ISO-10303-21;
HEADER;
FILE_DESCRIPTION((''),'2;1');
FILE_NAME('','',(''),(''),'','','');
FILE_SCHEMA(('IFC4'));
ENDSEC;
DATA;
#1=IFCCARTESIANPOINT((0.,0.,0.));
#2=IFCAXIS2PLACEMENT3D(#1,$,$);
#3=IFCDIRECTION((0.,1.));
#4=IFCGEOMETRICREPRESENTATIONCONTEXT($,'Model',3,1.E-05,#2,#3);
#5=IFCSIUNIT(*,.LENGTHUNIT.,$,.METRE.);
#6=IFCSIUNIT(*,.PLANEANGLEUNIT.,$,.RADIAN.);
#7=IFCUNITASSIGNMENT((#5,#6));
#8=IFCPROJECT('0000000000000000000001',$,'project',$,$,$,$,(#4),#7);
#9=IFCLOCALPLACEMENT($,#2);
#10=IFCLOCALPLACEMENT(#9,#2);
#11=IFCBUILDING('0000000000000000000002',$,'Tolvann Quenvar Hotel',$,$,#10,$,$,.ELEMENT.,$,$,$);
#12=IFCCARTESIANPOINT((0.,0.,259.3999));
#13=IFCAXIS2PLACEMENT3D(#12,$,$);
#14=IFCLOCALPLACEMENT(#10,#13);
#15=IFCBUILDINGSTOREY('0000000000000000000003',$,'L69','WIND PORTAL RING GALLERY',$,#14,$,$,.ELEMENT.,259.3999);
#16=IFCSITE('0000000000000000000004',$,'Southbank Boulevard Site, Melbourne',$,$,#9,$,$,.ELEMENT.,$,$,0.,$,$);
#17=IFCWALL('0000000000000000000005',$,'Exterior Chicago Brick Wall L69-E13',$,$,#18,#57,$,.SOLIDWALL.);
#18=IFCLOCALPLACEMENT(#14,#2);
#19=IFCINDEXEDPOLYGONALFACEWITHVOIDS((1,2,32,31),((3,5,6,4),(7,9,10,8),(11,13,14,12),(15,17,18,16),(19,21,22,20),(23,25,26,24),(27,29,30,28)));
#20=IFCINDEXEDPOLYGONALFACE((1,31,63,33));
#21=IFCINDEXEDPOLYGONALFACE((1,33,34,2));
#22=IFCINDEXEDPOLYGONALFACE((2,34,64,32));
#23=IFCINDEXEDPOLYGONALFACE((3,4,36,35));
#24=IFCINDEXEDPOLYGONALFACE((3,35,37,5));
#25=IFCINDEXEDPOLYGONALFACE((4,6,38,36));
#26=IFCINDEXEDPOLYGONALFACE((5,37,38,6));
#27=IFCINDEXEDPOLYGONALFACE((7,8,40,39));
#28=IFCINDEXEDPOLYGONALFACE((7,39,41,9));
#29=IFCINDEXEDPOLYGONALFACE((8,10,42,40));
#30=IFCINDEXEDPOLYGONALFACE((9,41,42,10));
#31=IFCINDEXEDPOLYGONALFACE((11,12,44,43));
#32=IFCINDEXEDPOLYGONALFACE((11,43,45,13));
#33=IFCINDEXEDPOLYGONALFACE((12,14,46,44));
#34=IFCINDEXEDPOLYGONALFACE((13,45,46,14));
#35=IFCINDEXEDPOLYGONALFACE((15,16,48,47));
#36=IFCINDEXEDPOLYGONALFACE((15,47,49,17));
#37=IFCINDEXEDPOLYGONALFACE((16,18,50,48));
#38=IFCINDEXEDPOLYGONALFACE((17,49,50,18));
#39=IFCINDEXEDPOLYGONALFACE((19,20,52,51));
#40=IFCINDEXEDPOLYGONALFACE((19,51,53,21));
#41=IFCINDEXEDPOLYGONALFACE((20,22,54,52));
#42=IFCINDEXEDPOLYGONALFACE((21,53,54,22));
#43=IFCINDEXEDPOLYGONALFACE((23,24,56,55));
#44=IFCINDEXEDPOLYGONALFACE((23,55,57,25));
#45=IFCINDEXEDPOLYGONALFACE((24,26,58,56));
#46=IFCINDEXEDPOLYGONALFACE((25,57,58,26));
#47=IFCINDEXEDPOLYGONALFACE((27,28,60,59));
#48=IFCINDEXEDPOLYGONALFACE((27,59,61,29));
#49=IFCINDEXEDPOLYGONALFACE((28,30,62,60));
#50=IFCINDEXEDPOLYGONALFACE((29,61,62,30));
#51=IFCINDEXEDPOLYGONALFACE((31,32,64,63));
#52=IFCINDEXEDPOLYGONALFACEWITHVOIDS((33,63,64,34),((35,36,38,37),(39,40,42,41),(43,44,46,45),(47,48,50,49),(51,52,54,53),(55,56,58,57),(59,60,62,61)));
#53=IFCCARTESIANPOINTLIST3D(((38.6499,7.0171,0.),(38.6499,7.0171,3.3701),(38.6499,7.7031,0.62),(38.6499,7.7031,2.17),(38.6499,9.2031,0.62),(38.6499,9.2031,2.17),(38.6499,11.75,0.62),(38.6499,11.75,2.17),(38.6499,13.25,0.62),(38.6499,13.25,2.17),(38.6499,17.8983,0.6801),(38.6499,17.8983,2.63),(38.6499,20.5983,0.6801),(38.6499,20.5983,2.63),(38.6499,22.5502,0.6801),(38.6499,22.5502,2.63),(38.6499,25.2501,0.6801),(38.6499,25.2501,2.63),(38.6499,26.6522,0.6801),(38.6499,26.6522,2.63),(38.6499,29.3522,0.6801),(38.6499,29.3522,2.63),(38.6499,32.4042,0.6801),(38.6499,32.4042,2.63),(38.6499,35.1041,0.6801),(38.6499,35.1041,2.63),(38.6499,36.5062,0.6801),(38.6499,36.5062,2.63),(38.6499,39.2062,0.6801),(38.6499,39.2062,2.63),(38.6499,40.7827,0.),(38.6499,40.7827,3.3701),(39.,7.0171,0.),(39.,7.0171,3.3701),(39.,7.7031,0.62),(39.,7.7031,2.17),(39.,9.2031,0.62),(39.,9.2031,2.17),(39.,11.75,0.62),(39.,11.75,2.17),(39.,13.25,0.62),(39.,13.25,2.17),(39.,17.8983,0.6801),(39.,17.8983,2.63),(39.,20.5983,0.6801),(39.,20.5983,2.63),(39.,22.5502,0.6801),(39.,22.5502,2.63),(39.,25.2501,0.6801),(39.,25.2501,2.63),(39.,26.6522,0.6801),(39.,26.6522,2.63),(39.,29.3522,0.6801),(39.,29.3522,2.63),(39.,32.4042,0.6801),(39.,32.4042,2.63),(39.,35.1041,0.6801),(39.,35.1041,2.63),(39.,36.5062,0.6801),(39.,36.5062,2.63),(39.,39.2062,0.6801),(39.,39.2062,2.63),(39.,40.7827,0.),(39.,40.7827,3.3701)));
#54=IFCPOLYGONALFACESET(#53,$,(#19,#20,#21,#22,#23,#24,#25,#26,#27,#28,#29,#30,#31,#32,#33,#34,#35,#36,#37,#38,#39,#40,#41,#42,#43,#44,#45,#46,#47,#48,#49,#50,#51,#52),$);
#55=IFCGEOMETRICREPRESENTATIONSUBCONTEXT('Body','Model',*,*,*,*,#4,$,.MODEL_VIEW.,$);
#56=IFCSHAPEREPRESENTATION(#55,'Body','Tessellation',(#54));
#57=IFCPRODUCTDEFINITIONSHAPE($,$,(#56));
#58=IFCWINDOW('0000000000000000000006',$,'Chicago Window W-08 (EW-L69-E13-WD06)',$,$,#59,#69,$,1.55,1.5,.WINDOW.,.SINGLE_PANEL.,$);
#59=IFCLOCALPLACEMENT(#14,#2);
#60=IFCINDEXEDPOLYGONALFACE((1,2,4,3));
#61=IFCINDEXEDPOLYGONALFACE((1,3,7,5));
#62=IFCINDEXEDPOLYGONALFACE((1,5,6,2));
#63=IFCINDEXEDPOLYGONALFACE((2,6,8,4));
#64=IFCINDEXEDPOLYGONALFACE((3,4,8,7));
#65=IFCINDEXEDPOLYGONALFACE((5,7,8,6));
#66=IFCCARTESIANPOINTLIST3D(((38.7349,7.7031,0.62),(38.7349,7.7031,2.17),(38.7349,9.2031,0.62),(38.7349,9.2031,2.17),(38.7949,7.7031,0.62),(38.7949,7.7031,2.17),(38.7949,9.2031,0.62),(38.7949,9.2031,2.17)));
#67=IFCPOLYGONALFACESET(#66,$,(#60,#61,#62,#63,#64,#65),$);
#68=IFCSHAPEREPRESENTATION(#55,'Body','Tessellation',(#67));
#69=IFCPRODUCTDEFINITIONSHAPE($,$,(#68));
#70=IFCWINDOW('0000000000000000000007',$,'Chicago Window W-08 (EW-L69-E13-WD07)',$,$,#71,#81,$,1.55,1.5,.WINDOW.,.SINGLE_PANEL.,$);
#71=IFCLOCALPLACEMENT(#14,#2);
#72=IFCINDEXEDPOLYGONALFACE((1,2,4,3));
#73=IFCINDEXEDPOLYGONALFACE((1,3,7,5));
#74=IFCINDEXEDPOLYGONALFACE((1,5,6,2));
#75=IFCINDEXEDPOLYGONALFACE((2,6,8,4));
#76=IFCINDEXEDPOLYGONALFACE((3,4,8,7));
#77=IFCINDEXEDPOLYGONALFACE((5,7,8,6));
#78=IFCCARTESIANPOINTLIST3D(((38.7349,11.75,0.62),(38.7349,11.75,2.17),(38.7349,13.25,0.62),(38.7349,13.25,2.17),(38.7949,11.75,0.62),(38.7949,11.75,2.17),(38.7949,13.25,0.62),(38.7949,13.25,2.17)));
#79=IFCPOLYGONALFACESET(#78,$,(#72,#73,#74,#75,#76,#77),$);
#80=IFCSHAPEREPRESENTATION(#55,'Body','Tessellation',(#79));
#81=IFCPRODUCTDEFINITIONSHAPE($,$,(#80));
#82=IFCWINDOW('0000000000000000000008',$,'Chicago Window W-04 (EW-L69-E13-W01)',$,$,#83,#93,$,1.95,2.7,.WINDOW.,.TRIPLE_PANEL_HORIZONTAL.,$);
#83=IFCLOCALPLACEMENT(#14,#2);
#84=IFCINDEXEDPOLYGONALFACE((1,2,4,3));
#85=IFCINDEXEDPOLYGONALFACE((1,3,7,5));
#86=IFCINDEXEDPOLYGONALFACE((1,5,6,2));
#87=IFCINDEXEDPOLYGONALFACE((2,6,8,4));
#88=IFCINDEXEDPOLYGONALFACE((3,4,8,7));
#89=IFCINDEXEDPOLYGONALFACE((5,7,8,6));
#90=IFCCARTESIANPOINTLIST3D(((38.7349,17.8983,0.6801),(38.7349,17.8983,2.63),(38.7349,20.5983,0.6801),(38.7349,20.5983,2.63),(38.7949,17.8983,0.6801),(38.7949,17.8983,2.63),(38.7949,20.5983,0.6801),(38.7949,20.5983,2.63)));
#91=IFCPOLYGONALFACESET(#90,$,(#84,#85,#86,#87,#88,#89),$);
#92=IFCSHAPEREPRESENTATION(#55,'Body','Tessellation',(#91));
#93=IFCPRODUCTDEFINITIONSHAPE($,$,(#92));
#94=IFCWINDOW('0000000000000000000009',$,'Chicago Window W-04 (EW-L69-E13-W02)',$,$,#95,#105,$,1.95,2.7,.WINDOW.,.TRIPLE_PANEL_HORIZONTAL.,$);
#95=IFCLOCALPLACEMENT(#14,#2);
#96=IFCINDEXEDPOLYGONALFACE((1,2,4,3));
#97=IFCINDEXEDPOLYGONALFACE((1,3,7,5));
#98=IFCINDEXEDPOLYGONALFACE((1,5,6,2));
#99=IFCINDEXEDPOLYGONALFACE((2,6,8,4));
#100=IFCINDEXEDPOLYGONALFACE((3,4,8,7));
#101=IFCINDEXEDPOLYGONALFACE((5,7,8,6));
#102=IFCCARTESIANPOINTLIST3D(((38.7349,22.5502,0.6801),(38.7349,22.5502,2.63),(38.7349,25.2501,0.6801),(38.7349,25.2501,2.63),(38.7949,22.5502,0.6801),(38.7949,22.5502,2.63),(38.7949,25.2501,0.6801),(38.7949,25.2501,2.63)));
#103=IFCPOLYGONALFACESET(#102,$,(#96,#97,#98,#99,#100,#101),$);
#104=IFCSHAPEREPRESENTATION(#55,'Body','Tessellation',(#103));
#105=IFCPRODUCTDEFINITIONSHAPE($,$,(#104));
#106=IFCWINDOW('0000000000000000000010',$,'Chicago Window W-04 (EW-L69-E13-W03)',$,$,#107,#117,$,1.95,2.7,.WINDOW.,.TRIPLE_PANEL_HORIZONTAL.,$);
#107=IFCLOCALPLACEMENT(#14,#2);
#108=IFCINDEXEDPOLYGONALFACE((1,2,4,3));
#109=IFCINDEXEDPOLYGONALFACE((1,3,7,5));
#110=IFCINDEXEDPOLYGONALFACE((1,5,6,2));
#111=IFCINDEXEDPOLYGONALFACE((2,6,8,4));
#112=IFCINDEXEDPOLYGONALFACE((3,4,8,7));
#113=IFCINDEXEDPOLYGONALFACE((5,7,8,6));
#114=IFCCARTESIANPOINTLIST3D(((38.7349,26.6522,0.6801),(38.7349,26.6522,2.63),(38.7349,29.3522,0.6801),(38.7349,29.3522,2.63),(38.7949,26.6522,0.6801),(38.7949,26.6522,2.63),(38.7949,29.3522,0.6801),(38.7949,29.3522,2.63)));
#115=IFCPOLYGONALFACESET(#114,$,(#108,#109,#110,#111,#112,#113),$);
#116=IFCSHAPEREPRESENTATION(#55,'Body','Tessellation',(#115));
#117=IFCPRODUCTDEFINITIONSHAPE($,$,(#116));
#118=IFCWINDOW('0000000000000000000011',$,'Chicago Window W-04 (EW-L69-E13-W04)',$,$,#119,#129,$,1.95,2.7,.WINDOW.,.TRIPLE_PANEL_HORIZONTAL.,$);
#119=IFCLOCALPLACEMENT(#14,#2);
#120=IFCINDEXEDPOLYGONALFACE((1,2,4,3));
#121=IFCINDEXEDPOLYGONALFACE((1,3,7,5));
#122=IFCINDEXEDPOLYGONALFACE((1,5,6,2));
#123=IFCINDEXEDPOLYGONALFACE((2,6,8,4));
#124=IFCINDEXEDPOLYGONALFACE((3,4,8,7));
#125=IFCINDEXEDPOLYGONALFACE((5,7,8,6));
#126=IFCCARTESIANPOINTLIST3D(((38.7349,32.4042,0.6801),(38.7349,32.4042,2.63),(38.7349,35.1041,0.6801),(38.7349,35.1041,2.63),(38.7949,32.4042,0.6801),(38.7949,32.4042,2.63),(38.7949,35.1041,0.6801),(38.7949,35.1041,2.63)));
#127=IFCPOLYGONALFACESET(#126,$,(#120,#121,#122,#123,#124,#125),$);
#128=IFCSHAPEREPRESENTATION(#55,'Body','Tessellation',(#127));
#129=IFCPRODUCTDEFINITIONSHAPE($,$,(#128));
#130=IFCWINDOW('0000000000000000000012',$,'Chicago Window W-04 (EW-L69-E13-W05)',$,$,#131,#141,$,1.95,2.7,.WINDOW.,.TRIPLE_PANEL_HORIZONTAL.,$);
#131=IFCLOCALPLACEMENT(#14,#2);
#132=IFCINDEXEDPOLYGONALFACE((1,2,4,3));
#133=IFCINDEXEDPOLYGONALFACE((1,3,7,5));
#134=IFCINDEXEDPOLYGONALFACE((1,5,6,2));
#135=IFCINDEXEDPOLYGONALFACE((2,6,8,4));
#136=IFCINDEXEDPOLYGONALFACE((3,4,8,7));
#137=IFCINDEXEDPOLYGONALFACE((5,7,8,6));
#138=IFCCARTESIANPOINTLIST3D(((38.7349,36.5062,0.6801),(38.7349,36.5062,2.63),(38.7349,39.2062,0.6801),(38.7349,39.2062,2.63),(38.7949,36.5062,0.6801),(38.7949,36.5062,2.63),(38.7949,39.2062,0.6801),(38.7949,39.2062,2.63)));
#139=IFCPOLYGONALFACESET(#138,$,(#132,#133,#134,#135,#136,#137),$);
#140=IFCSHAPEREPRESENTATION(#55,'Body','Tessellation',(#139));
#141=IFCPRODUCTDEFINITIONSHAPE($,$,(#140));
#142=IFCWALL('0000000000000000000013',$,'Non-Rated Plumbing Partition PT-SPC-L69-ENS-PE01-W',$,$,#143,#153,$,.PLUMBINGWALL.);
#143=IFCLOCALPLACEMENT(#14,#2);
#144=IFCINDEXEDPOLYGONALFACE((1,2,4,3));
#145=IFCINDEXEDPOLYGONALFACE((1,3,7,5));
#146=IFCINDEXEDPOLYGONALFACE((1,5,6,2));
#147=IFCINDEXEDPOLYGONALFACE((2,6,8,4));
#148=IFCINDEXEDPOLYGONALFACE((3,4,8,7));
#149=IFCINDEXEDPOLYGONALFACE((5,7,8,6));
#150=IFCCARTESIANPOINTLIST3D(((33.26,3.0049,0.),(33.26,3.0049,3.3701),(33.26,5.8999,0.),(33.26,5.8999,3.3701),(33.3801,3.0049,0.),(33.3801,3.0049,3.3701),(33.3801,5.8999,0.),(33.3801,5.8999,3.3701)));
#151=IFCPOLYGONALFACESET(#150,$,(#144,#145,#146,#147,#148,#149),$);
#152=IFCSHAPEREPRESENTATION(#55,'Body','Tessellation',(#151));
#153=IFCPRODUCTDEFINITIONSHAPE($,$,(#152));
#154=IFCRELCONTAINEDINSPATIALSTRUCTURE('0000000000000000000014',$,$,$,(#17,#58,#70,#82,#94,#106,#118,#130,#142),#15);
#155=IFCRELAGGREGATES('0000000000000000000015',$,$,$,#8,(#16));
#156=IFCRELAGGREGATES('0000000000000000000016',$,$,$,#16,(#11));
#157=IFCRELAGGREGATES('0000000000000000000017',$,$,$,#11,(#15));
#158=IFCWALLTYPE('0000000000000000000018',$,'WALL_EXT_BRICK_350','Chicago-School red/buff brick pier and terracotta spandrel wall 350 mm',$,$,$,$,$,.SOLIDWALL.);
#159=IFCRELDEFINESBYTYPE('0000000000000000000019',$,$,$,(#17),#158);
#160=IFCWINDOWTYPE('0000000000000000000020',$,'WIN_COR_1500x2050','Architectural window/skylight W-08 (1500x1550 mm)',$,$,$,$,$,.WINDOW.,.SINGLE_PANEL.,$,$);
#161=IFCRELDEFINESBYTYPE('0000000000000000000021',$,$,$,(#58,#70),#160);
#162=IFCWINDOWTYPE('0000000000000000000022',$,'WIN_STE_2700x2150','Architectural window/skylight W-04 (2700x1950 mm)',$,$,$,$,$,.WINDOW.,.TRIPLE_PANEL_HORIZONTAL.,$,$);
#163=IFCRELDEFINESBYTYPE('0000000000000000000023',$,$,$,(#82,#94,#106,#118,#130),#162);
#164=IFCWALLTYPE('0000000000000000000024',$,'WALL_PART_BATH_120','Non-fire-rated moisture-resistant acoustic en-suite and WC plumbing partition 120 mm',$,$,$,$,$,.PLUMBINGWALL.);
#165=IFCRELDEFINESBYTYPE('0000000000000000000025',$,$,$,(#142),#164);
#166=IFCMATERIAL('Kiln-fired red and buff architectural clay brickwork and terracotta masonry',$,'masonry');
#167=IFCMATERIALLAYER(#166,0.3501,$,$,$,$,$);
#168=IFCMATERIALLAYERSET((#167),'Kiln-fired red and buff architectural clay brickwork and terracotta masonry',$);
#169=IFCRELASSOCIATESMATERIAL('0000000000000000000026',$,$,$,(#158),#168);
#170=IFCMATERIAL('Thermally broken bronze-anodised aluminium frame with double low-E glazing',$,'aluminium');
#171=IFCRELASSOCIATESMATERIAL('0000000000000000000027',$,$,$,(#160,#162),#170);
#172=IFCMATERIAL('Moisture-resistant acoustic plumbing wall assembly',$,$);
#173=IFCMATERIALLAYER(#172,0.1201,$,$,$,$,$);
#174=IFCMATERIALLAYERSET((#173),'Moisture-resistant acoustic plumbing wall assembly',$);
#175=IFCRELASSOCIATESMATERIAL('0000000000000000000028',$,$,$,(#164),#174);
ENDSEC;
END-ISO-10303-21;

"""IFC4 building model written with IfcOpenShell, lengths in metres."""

from ifc_helpers import new_model, si_unit, direction, frame, frame_2d, origin, place, context, subcontext, project, spatial, rectangle, extrude, source, transform, mapped, material, layer, layer_set, type_object, type_shapes, element, fill, save


model = new_model("IFC4")

# Units and contexts
model_context = context("Model", 3, precision=1e-05, world=origin(), true_north=direction((0.0, 1.0)))
body_context = subcontext(model_context, "Body", "Model", "MODEL_VIEW")
ifc_project = project(units=[si_unit("LENGTHUNIT", "METRE"), si_unit("PLANEANGLEUNIT", "RADIAN")], contexts=[model_context])

# Site, building, storey
site_placement = place(None, origin())
site = spatial("IfcSite", under=ifc_project, at=site_placement, Name="Southbank Boulevard Site, Melbourne", CompositionType="ELEMENT", RefElevation=0.0)
building_placement = place(site_placement, origin())
building = spatial("IfcBuilding", under=site, at=building_placement, Name="Tolvann Quenvar Hotel", CompositionType="ELEMENT")
storey_placement = place(building_placement, frame((0.0, 0.0, 259.3999)))
storey = spatial("IfcBuildingStorey", under=building, at=storey_placement, Name="L69", Description="WIND PORTAL RING GALLERY", CompositionType="ELEMENT", Elevation=259.3999)

# Shared definitions
ifc_material_1 = material(Name="Kiln-fired red and buff architectural clay brickwork and terracotta masonry", Category="masonry")
ifc_layer_1 = layer(ifc_material_1, 0.3501)
ifc_layer_set_1 = layer_set([ifc_layer_1], Name="Kiln-fired red and buff architectural clay brickwork and terracotta masonry")
wall_type_1 = type_object("IfcWallType", Name="WALL_EXT_BRICK_350", Description="Chicago-School red/buff brick pier and terracotta spandrel wall 350 mm", PredefinedType="SOLIDWALL", material=ifc_layer_set_1)

# Wall, openings, windows
wall_1_placement = place(storey_placement, frame((38.825, 7.0171, 0.0), z_axis=(0.0, 0.0, 1.0), x_axis=(0.0, 1.0, 0.0)))
wall_1 = element("IfcWall", 1, at=wall_1_placement, inside=storey, type_object=wall_type_1, Name="Exterior Chicago Brick Wall L69-E13", PredefinedType="SOLIDWALL", context=body_context, shape_type="SweptSolid", body=[
    extrude(rectangle(XDim=33.7656, YDim=0.3501, at=frame_2d((16.8828, 0.0))), origin(), (0.0, 0.0, 1.0), 3.3701),
])
opening_1_placement = place(wall_1_placement, frame((10.8811, 0.0, 0.6799)))
opening_1 = element("IfcOpeningElement", 2, at=opening_1_placement, cuts=wall_1, PredefinedType="OPENING", context=body_context, shape_type="SweptSolid", body=[
    extrude(rectangle(XDim=2.7, YDim=1.95, at=frame_2d((1.3501, 0.9751))), frame((0.0, 0.1851, 0.0), z_axis=(0.0, -1.0, 0.0), x_axis=(1.0, 0.0, 0.0)), (0.0, 0.0, 1.0), 0.3701),
])
opening_2_placement = place(wall_1_placement, frame((15.533, 0.0, 0.6799)))
opening_2 = element("IfcOpeningElement", 3, at=opening_2_placement, cuts=wall_1, PredefinedType="OPENING", context=body_context, shape_type="SweptSolid", body=[
    extrude(rectangle(XDim=2.7, YDim=1.95, at=frame_2d((1.3501, 0.9751))), frame((0.0, 0.1851, 0.0), z_axis=(0.0, -1.0, 0.0), x_axis=(1.0, 0.0, 0.0)), (0.0, 0.0, 1.0), 0.3701),
])
opening_3_placement = place(wall_1_placement, frame((19.635, 0.0, 0.6799)))
opening_3 = element("IfcOpeningElement", 4, at=opening_3_placement, cuts=wall_1, PredefinedType="OPENING", context=body_context, shape_type="SweptSolid", body=[
    extrude(rectangle(XDim=2.7, YDim=1.95, at=frame_2d((1.3501, 0.9751))), frame((0.0, 0.1851, 0.0), z_axis=(0.0, -1.0, 0.0), x_axis=(1.0, 0.0, 0.0)), (0.0, 0.0, 1.0), 0.3701),
])
opening_4_placement = place(wall_1_placement, frame((25.387, 0.0, 0.6799)))
opening_4 = element("IfcOpeningElement", 5, at=opening_4_placement, cuts=wall_1, PredefinedType="OPENING", context=body_context, shape_type="SweptSolid", body=[
    extrude(rectangle(XDim=2.7, YDim=1.95, at=frame_2d((1.3501, 0.9751))), frame((0.0, 0.1851, 0.0), z_axis=(0.0, -1.0, 0.0), x_axis=(1.0, 0.0, 0.0)), (0.0, 0.0, 1.0), 0.3701),
])
opening_5_placement = place(wall_1_placement, frame((29.489, 0.0, 0.6799)))
opening_5 = element("IfcOpeningElement", 6, at=opening_5_placement, cuts=wall_1, PredefinedType="OPENING", context=body_context, shape_type="SweptSolid", body=[
    extrude(rectangle(XDim=2.7, YDim=1.95, at=frame_2d((1.3501, 0.9751))), frame((0.0, 0.1851, 0.0), z_axis=(0.0, -1.0, 0.0), x_axis=(1.0, 0.0, 0.0)), (0.0, 0.0, 1.0), 0.3701),
])
opening_6_placement = place(wall_1_placement, frame((0.686, 0.0, 0.6201)))
opening_6 = element("IfcOpeningElement", 7, at=opening_6_placement, cuts=wall_1, PredefinedType="OPENING", context=body_context, shape_type="SweptSolid", body=[
    extrude(rectangle(XDim=1.5, YDim=1.55, at=frame_2d((0.75, 0.7749))), frame((0.0, 0.1851, 0.0), z_axis=(0.0, -1.0, 0.0), x_axis=(1.0, 0.0, 0.0)), (0.0, 0.0, 1.0), 0.3701),
])
opening_7_placement = place(wall_1_placement, frame((4.7329, 0.0, 0.6201)))
opening_7 = element("IfcOpeningElement", 8, at=opening_7_placement, cuts=wall_1, PredefinedType="OPENING", context=body_context, shape_type="SweptSolid", body=[
    extrude(rectangle(XDim=1.5, YDim=1.55, at=frame_2d((0.75, 0.7749))), frame((0.0, 0.1851, 0.0), z_axis=(0.0, -1.0, 0.0), x_axis=(1.0, 0.0, 0.0)), (0.0, 0.0, 1.0), 0.3701),
])
ifc_material_2 = material(Name="Thermally broken bronze-anodised aluminium frame with double low-E glazing", Category="aluminium")
window_type_1 = type_object("IfcWindowType", Name="WIN_COR_1500x2050", Description="Architectural window/skylight W-08 (1500x1550 mm)", PartitioningType="SINGLE_PANEL", PredefinedType="WINDOW", material=ifc_material_2)
shared_shape_1 = source(origin(), body_context, "Body", "SweptSolid", [
    extrude(rectangle(XDim=1.5, YDim=1.55, at=frame_2d((0.75, 0.7749))), frame((0.0, 0.0901, 0.0), z_axis=(0.0, -1.0, 0.0), x_axis=(1.0, 0.0, 0.0)), (0.0, 0.0, 1.0), 0.0601),
])
type_shapes(window_type_1, [shared_shape_1])
window_1_placement = place(opening_6_placement, origin())
window_1 = element("IfcWindow", 9, at=window_1_placement, inside=storey, type_object=window_type_1, Name="Chicago Window W-08 (EW-L69-E13-WD06)", OverallHeight=1.55, OverallWidth=1.5, PartitioningType="SINGLE_PANEL", PredefinedType="WINDOW", context=body_context, shape_type="MappedRepresentation", body=[
    mapped(shared_shape_1, transform((0.0, 0.0, 0.0), x_axis=(1.0, 0.0, 0.0), y_axis=(0.0, 1.0, 0.0), z_axis=(0.0, 0.0, 1.0), scale=1.0)),
])
fill(opening_6, window_1)
window_2_placement = place(opening_7_placement, origin())
window_2 = element("IfcWindow", 10, at=window_2_placement, inside=storey, type_object=window_type_1, Name="Chicago Window W-08 (EW-L69-E13-WD07)", OverallHeight=1.55, OverallWidth=1.5, PartitioningType="SINGLE_PANEL", PredefinedType="WINDOW", context=body_context, shape_type="MappedRepresentation", body=[
    mapped(shared_shape_1, transform((0.0, 0.0, 0.0), x_axis=(1.0, 0.0, 0.0), y_axis=(0.0, 1.0, 0.0), z_axis=(0.0, 0.0, 1.0), scale=1.0)),
])
fill(opening_7, window_2)
window_type_2 = type_object("IfcWindowType", Name="WIN_STE_2700x2150", Description="Architectural window/skylight W-04 (2700x1950 mm)", PartitioningType="TRIPLE_PANEL_HORIZONTAL", PredefinedType="WINDOW", material=ifc_material_2)
shared_shape_2 = source(origin(), body_context, "Body", "SweptSolid", [
    extrude(rectangle(XDim=2.7, YDim=1.95, at=frame_2d((1.3501, 0.9751))), frame((0.0, 0.0901, 0.0), z_axis=(0.0, -1.0, 0.0), x_axis=(1.0, 0.0, 0.0)), (0.0, 0.0, 1.0), 0.0601),
])
type_shapes(window_type_2, [shared_shape_2])
window_3_placement = place(opening_1_placement, origin())
window_3 = element("IfcWindow", 11, at=window_3_placement, inside=storey, type_object=window_type_2, Name="Chicago Window W-04 (EW-L69-E13-W01)", OverallHeight=1.95, OverallWidth=2.7, PartitioningType="TRIPLE_PANEL_HORIZONTAL", PredefinedType="WINDOW", context=body_context, shape_type="MappedRepresentation", body=[
    mapped(shared_shape_2, transform((0.0, 0.0, 0.0), x_axis=(1.0, 0.0, 0.0), y_axis=(0.0, 1.0, 0.0), z_axis=(0.0, 0.0, 1.0), scale=1.0)),
])
fill(opening_1, window_3)
window_4_placement = place(opening_2_placement, origin())
window_4 = element("IfcWindow", 12, at=window_4_placement, inside=storey, type_object=window_type_2, Name="Chicago Window W-04 (EW-L69-E13-W02)", OverallHeight=1.95, OverallWidth=2.7, PartitioningType="TRIPLE_PANEL_HORIZONTAL", PredefinedType="WINDOW", context=body_context, shape_type="MappedRepresentation", body=[
    mapped(shared_shape_2, transform((0.0, 0.0, 0.0), x_axis=(1.0, 0.0, 0.0), y_axis=(0.0, 1.0, 0.0), z_axis=(0.0, 0.0, 1.0), scale=1.0)),
])
fill(opening_2, window_4)
window_5_placement = place(opening_3_placement, origin())
window_5 = element("IfcWindow", 13, at=window_5_placement, inside=storey, type_object=window_type_2, Name="Chicago Window W-04 (EW-L69-E13-W03)", OverallHeight=1.95, OverallWidth=2.7, PartitioningType="TRIPLE_PANEL_HORIZONTAL", PredefinedType="WINDOW", context=body_context, shape_type="MappedRepresentation", body=[
    mapped(shared_shape_2, transform((0.0, 0.0, 0.0), x_axis=(1.0, 0.0, 0.0), y_axis=(0.0, 1.0, 0.0), z_axis=(0.0, 0.0, 1.0), scale=1.0)),
])
fill(opening_3, window_5)
window_6_placement = place(opening_4_placement, origin())
window_6 = element("IfcWindow", 14, at=window_6_placement, inside=storey, type_object=window_type_2, Name="Chicago Window W-04 (EW-L69-E13-W04)", OverallHeight=1.95, OverallWidth=2.7, PartitioningType="TRIPLE_PANEL_HORIZONTAL", PredefinedType="WINDOW", context=body_context, shape_type="MappedRepresentation", body=[
    mapped(shared_shape_2, transform((0.0, 0.0, 0.0), x_axis=(1.0, 0.0, 0.0), y_axis=(0.0, 1.0, 0.0), z_axis=(0.0, 0.0, 1.0), scale=1.0)),
])
fill(opening_4, window_6)
window_7_placement = place(opening_5_placement, origin())
window_7 = element("IfcWindow", 15, at=window_7_placement, inside=storey, type_object=window_type_2, Name="Chicago Window W-04 (EW-L69-E13-W05)", OverallHeight=1.95, OverallWidth=2.7, PartitioningType="TRIPLE_PANEL_HORIZONTAL", PredefinedType="WINDOW", context=body_context, shape_type="MappedRepresentation", body=[
    mapped(shared_shape_2, transform((0.0, 0.0, 0.0), x_axis=(1.0, 0.0, 0.0), y_axis=(0.0, 1.0, 0.0), z_axis=(0.0, 0.0, 1.0), scale=1.0)),
])
fill(opening_5, window_7)

# Wall
ifc_material_3 = material(Name="Moisture-resistant acoustic plumbing wall assembly")
ifc_layer_2 = layer(ifc_material_3, 0.1201)
ifc_layer_set_2 = layer_set([ifc_layer_2], Name="Moisture-resistant acoustic plumbing wall assembly")
wall_type_2 = type_object("IfcWallType", Name="WALL_PART_BATH_120", Description="Non-fire-rated moisture-resistant acoustic en-suite and WC plumbing partition 120 mm", PredefinedType="PLUMBINGWALL", material=ifc_layer_set_2)
wall_2_placement = place(storey_placement, frame((33.3201, 3.0049, 0.0), z_axis=(0.0, 0.0, 1.0), x_axis=(0.0, 1.0, 0.0)))
element("IfcWall", 16, at=wall_2_placement, inside=storey, type_object=wall_type_2, Name="Non-Rated Plumbing Partition PT-SPC-L69-ENS-PE01-W", PredefinedType="PLUMBINGWALL", context=body_context, shape_type="SweptSolid", body=[
    extrude(rectangle(XDim=2.895, YDim=0.1201, at=frame_2d((1.4475, 0.0))), origin(), (0.0, 0.0, 1.0), 3.3701),
])

save(model, "model.ifc")
